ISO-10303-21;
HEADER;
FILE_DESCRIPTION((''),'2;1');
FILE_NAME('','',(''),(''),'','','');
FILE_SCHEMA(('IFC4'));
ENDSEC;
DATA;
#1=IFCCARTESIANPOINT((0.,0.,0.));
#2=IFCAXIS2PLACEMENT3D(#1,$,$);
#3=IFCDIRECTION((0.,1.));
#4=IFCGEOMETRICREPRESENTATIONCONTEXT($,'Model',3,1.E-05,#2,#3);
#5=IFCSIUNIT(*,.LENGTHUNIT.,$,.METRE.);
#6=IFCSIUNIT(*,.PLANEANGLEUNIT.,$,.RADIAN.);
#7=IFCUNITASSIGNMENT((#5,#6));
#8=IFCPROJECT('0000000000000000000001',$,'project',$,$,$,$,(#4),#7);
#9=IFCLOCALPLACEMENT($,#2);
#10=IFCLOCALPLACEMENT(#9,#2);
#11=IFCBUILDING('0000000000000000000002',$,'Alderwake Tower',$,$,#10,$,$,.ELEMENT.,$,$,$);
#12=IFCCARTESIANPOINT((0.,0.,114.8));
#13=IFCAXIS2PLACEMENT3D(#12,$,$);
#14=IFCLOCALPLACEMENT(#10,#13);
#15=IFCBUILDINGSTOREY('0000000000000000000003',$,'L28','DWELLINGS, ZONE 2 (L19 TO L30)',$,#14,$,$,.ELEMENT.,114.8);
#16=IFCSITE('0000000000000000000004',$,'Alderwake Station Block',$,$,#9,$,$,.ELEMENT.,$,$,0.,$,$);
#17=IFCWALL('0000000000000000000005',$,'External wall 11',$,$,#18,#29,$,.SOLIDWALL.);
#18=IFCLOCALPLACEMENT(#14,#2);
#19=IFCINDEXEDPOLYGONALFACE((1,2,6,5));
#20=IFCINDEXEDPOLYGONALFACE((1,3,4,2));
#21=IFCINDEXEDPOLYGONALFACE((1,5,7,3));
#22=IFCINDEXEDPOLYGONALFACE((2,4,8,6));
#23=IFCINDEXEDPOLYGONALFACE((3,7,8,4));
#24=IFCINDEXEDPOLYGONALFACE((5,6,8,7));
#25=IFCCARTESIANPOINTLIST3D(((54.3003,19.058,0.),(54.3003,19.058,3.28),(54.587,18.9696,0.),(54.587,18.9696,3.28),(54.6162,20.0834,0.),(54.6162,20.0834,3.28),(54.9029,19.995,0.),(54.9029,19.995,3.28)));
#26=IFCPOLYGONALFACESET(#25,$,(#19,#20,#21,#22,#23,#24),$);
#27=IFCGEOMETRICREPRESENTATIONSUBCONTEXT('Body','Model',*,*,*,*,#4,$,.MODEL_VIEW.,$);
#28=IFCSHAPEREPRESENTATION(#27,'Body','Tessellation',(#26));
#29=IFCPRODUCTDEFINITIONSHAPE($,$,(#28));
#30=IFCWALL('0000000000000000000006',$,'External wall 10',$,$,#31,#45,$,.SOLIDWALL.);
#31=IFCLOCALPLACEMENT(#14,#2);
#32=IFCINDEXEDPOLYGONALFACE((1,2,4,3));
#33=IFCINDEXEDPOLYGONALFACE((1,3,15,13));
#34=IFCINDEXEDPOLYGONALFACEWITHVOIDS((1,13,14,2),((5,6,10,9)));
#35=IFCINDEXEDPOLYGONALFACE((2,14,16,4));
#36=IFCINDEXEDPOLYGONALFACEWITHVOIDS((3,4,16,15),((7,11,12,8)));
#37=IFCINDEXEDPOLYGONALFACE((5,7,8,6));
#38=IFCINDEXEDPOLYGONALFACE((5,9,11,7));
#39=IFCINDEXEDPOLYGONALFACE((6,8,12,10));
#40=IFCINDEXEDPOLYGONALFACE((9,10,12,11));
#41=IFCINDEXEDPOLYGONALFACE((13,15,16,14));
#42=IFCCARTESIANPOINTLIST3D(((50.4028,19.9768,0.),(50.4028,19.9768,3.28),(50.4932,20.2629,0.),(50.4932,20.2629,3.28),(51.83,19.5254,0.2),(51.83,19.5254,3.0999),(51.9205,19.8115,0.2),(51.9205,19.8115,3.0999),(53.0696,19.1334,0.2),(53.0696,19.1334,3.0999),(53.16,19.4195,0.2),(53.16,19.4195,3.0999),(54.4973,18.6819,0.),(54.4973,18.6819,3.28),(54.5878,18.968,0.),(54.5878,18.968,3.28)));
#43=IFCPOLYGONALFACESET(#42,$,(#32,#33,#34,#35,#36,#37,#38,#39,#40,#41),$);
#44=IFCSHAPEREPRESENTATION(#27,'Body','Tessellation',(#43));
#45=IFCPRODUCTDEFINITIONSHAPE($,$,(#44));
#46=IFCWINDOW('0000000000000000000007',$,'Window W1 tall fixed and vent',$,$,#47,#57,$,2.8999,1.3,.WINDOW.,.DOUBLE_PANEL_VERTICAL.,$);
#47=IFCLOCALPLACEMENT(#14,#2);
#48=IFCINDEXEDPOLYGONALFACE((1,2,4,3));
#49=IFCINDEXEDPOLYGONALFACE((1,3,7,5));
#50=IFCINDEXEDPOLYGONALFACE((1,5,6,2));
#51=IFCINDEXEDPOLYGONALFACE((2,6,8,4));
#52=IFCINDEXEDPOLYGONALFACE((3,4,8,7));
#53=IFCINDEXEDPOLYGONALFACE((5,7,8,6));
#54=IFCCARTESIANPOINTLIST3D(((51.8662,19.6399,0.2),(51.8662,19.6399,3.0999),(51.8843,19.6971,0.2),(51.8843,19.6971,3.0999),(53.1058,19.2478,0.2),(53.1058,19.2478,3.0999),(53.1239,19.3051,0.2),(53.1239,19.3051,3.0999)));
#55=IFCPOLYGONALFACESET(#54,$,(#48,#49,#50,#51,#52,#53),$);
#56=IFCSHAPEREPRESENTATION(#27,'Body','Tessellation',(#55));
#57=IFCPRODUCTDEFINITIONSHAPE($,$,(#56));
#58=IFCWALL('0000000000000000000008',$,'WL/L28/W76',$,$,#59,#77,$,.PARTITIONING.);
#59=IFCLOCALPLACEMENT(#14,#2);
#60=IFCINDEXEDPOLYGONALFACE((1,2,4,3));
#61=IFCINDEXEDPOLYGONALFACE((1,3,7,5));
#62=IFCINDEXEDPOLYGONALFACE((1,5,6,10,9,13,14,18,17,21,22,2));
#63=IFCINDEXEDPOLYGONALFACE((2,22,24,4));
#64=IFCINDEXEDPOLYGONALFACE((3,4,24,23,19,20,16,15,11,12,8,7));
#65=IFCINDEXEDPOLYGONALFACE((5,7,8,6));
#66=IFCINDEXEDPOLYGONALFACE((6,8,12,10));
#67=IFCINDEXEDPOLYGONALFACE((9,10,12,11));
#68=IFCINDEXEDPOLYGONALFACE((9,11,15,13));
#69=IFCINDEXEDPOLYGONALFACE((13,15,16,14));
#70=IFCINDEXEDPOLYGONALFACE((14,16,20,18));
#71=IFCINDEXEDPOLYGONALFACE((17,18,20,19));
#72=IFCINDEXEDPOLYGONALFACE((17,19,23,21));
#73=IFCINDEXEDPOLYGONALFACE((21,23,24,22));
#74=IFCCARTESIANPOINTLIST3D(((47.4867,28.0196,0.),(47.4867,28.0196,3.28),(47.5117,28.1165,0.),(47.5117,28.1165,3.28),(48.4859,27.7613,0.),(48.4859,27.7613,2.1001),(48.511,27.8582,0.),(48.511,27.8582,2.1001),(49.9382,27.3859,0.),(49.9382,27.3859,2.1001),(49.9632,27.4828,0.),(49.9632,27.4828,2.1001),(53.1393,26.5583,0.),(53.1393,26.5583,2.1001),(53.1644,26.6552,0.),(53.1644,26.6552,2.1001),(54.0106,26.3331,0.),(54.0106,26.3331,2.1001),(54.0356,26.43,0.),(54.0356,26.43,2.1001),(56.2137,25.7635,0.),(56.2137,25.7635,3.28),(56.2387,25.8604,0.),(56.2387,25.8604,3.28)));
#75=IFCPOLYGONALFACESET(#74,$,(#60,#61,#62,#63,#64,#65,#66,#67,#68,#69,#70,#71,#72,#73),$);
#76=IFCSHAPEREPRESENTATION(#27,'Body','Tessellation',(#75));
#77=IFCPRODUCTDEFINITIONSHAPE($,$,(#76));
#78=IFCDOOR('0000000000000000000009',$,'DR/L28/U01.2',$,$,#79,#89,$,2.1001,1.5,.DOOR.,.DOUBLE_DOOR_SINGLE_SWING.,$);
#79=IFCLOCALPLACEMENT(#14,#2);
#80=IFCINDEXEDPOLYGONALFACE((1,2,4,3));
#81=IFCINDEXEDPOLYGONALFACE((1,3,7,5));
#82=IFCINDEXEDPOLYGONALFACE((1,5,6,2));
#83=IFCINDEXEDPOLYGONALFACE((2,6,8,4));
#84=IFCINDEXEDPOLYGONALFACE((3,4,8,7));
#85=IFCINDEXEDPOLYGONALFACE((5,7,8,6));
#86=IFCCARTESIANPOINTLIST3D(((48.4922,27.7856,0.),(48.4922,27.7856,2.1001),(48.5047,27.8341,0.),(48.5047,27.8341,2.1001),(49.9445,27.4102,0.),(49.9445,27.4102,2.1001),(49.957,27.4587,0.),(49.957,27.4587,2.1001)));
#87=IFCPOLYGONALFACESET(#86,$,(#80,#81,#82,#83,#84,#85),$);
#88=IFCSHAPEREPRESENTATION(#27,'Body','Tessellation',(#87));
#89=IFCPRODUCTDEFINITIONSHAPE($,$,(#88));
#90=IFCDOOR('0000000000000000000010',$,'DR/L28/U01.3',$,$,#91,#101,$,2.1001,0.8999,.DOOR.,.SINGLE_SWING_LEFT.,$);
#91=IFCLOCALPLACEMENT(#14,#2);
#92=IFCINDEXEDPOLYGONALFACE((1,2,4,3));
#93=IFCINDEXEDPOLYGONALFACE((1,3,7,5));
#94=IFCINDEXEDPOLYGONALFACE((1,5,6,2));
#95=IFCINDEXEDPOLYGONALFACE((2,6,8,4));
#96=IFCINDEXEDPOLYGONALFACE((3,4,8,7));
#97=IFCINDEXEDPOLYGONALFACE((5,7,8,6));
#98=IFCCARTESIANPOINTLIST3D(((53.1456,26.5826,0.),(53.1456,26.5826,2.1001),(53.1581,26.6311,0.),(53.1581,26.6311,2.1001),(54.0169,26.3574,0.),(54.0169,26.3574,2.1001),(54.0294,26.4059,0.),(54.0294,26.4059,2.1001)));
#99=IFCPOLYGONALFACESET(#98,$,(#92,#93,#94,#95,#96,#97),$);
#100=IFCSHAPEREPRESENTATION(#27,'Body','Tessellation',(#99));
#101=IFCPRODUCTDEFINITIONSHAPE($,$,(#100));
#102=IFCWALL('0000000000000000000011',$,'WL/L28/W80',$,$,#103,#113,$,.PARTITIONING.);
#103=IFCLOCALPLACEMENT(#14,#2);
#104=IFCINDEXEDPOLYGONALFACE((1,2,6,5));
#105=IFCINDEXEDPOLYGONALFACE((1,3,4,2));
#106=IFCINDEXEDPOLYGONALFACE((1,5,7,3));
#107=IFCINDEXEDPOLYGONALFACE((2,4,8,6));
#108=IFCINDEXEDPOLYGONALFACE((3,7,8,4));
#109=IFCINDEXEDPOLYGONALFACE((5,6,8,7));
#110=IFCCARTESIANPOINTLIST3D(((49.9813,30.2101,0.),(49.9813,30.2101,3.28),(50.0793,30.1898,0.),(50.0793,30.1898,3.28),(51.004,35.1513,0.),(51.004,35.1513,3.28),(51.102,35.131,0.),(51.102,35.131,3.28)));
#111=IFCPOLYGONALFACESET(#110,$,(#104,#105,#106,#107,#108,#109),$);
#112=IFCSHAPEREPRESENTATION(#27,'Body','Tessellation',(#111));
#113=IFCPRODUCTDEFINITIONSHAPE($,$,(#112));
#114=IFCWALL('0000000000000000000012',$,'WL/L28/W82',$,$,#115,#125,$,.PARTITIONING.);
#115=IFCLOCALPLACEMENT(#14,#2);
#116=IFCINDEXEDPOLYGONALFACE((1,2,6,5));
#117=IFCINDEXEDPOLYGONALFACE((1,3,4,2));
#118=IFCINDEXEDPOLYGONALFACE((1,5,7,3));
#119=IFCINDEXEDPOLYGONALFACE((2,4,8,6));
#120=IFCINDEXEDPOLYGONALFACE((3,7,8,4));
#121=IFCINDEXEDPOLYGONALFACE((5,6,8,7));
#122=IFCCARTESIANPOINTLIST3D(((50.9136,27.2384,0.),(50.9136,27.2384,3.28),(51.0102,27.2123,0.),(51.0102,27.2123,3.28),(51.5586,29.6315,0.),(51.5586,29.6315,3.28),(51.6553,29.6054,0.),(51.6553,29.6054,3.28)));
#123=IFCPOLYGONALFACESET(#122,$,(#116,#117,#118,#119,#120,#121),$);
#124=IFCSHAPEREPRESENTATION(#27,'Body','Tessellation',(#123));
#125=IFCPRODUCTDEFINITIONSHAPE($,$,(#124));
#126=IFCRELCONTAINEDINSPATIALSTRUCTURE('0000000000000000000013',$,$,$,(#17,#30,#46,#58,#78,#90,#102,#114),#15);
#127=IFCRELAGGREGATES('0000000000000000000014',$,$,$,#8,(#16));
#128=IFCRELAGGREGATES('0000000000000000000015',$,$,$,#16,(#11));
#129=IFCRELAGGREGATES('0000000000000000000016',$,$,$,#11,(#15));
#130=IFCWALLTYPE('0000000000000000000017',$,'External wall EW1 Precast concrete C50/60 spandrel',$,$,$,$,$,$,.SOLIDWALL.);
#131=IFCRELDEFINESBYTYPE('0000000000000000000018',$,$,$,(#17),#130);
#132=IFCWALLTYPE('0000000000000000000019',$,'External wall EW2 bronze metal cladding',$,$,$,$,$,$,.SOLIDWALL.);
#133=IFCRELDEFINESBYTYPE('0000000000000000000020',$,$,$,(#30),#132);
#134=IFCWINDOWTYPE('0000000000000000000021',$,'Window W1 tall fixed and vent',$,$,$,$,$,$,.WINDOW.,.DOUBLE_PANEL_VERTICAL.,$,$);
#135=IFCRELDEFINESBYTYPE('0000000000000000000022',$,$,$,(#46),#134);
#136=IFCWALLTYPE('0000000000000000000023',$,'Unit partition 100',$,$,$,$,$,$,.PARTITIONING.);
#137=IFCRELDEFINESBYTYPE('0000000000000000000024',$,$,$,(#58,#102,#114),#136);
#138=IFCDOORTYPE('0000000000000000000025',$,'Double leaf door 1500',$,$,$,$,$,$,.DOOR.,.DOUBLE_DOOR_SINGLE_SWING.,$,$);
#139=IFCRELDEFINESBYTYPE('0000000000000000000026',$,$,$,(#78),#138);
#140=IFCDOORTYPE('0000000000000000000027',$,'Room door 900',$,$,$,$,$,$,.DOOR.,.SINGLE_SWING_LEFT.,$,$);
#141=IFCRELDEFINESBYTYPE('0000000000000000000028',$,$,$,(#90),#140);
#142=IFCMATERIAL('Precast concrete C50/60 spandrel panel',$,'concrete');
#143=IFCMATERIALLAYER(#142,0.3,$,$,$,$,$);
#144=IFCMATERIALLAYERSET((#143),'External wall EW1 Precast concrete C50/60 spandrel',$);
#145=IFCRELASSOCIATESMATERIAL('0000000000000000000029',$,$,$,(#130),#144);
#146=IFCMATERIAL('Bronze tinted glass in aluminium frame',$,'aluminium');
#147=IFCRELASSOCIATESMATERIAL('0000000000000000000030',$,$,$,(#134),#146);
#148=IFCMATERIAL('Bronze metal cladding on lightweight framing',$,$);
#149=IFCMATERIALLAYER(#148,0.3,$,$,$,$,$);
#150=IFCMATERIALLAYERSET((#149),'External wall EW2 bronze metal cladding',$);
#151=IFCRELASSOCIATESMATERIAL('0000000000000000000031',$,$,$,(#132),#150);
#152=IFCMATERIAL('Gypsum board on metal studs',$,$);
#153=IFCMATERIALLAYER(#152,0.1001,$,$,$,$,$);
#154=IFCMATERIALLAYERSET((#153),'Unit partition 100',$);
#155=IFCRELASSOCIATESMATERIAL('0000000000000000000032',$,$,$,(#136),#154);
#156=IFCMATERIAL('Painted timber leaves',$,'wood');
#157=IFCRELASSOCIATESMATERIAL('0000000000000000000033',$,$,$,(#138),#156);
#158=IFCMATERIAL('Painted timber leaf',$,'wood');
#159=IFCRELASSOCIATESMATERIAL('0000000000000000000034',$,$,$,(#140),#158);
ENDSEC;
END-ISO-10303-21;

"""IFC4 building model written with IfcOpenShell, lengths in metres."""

from ifc_helpers import new_model, si_unit, direction, frame, frame_2d, origin, place, context, subcontext, project, spatial, rectangle, extrude, material, layer, layer_set, type_object, element, fill, save


model = new_model("IFC4")

# Units and contexts
model_context = context("Model", 3, precision=1e-05, world=origin(), true_north=direction((0.0, 1.0)))
body_context = subcontext(model_context, "Body", "Model", "MODEL_VIEW")
ifc_project = project(units=[si_unit("LENGTHUNIT", "METRE"), si_unit("PLANEANGLEUNIT", "RADIAN")], contexts=[model_context])

# Site, building, storey
site_placement = place(None, origin())
site = spatial("IfcSite", under=ifc_project, at=site_placement, Name="Alderwake Station Block", CompositionType="ELEMENT", RefElevation=0.0)
building_placement = place(site_placement, origin())
building = spatial("IfcBuilding", under=site, at=building_placement, Name="Alderwake Tower", CompositionType="ELEMENT")
storey_placement = place(building_placement, frame((0.0, 0.0, 114.8)))
storey = spatial("IfcBuildingStorey", under=building, at=storey_placement, Name="L28", Description="DWELLINGS, ZONE 2 (L19 TO L30)", CompositionType="ELEMENT", Elevation=114.8)

# Wall
ifc_material_1 = material(Name="Precast concrete C50/60 spandrel panel", Category="concrete")
ifc_layer_1 = layer(ifc_material_1, 0.3)
ifc_layer_set_1 = layer_set([ifc_layer_1], Name="External wall EW1 Precast concrete C50/60 spandrel")
wall_type_1 = type_object("IfcWallType", Name="External wall EW1 Precast concrete C50/60 spandrel", PredefinedType="SOLIDWALL", material=ifc_layer_set_1)
wall_1_placement = place(storey_placement, frame((54.4436, 19.0137, 0.0), z_axis=(0.0, 0.0, 1.0), x_axis=(0.294438, 0.955671, 0.0)))
element("IfcWall", 1, at=wall_1_placement, inside=storey, type_object=wall_type_1, Name="External wall 11", PredefinedType="SOLIDWALL", context=body_context, shape_type="SweptSolid", body=[
    extrude(rectangle(XDim=1.073, YDim=0.3, at=frame_2d((0.5366, 0.0))), origin(), (0.0, 0.0, 1.0), 3.28),
])

# Shared definitions
ifc_material_2 = material(Name="Bronze tinted glass in aluminium frame", Category="aluminium")
window_type = type_object("IfcWindowType", Name="Window W1 tall fixed and vent", PartitioningType="DOUBLE_PANEL_VERTICAL", PredefinedType="WINDOW", material=ifc_material_2)

# Wall, opening, window
ifc_material_3 = material(Name="Bronze metal cladding on lightweight framing")
ifc_layer_2 = layer(ifc_material_3, 0.3)
ifc_layer_set_2 = layer_set([ifc_layer_2], Name="External wall EW2 bronze metal cladding")
wall_type_2 = type_object("IfcWallType", Name="External wall EW2 bronze metal cladding", PredefinedType="SOLIDWALL", material=ifc_layer_set_2)
wall_2_placement = place(storey_placement, frame((50.448, 20.1199, 0.0), z_axis=(0.0, 0.0, 1.0), x_axis=(0.953454, -0.301539, 0.0)))
wall_2 = element("IfcWall", 2, at=wall_2_placement, inside=storey, type_object=wall_type_2, Name="External wall 10", PredefinedType="SOLIDWALL", context=body_context, shape_type="SweptSolid", body=[
    extrude(rectangle(XDim=4.2944, YDim=0.3, at=frame_2d((2.1472, 0.0))), origin(), (0.0, 0.0, 1.0), 3.28),
])
opening_1_placement = place(wall_2_placement, frame((1.4971, 0.0, 0.2)))
opening_1 = element("IfcOpeningElement", 3, at=opening_1_placement, cuts=wall_2, PredefinedType="OPENING", context=body_context, shape_type="SweptSolid", body=[
    extrude(rectangle(XDim=1.3, YDim=2.8999, at=frame_2d((0.6499, 1.45))), frame((0.0, 0.1599, 0.0), z_axis=(0.0, -1.0, 0.0), x_axis=(1.0, 0.0, 0.0)), (0.0, 0.0, 1.0), 0.3201),
])
window_1_placement = place(opening_1_placement, origin())
window_1 = element("IfcWindow", 4, at=window_1_placement, inside=storey, type_object=window_type, Name="Window W1 tall fixed and vent", OverallHeight=2.8999, OverallWidth=1.3, PartitioningType="DOUBLE_PANEL_VERTICAL", PredefinedType="WINDOW", context=body_context, shape_type="SweptSolid", body=[
    extrude(rectangle(XDim=1.3, YDim=2.8999, at=frame_2d((0.6499, 1.45))), frame((0.0, 0.03, 0.0), z_axis=(0.0, -1.0, 0.0), x_axis=(1.0, 0.0, 0.0)), (0.0, 0.0, 1.0), 0.0601),
])
fill(opening_1, window_1)

# Wall, openings, doors
ifc_material_4 = material(Name="Gypsum board on metal studs")
ifc_layer_3 = layer(ifc_material_4, 0.1001)
ifc_layer_set_3 = layer_set([ifc_layer_3], Name="Unit partition 100")
wall_type_3 = type_object("IfcWallType", Name="Unit partition 100", PredefinedType="PARTITIONING", material=ifc_layer_set_3)
wall_3_placement = place(storey_placement, frame((56.2261, 25.812, 0.0), z_axis=(0.0, 0.0, 1.0), x_axis=(-0.968171, 0.25029, 0.0)))
wall_3 = element("IfcWall", 5, at=wall_3_placement, inside=storey, type_object=wall_type_3, Name="WL/L28/W76", PredefinedType="PARTITIONING", context=body_context, shape_type="SweptSolid", body=[
    extrude(rectangle(XDim=9.0139, YDim=0.1001, at=frame_2d((4.5068, 0.0))), origin(), (0.0, 0.0, 1.0), 3.28),
])
opening_2_placement = place(wall_3_placement, frame((6.4817, 0.0, 0.0)))
opening_2 = element("IfcOpeningElement", 6, at=opening_2_placement, cuts=wall_3, PredefinedType="OPENING", context=body_context, shape_type="SweptSolid", body=[
    extrude(rectangle(XDim=1.5, YDim=2.1001, at=frame_2d((0.75, 1.05))), frame((0.0, 0.0601, 0.0), z_axis=(0.0, -1.0, 0.0), x_axis=(1.0, 0.0, 0.0)), (0.0, 0.0, 1.0), 0.1201),
])
opening_3_placement = place(wall_3_placement, frame((2.2754, 0.0, 0.0)))
opening_3 = element("IfcOpeningElement", 7, at=opening_3_placement, cuts=wall_3, PredefinedType="OPENING", context=body_context, shape_type="SweptSolid", body=[
    extrude(rectangle(XDim=0.8999, YDim=2.1001, at=frame_2d((0.45, 1.05))), frame((0.0, 0.0601, 0.0), z_axis=(0.0, -1.0, 0.0), x_axis=(1.0, 0.0, 0.0)), (0.0, 0.0, 1.0), 0.1201),
])
ifc_material_5 = material(Name="Painted timber leaves", Category="wood")
door_type_1 = type_object("IfcDoorType", Name="Double leaf door 1500", OperationType="DOUBLE_DOOR_SINGLE_SWING", PredefinedType="DOOR", material=ifc_material_5)
door_1_placement = place(opening_2_placement, origin())
door_1 = element("IfcDoor", 8, at=door_1_placement, inside=storey, type_object=door_type_1, Name="DR/L28/U01.2", OperationType="DOUBLE_DOOR_SINGLE_SWING", OverallHeight=2.1001, OverallWidth=1.5, PredefinedType="DOOR", context=body_context, shape_type="SweptSolid", body=[
    extrude(rectangle(XDim=1.5, YDim=2.1001, at=frame_2d((0.75, 1.05))), frame((0.0, 0.0249, 0.0), z_axis=(0.0, -1.0, 0.0), x_axis=(1.0, 0.0, 0.0)), (0.0, 0.0, 1.0), 0.05),
])
fill(opening_2, door_1)
ifc_material_6 = material(Name="Painted timber leaf", Category="wood")
door_type_2 = type_object("IfcDoorType", Name="Room door 900", OperationType="SINGLE_SWING_LEFT", PredefinedType="DOOR", material=ifc_material_6)
door_2_placement = place(opening_3_placement, origin())
door_2 = element("IfcDoor", 9, at=door_2_placement, inside=storey, type_object=door_type_2, Name="DR/L28/U01.3", OperationType="SINGLE_SWING_LEFT", OverallHeight=2.1001, OverallWidth=0.8999, PredefinedType="DOOR", context=body_context, shape_type="SweptSolid", body=[
    extrude(rectangle(XDim=0.8999, YDim=2.1001, at=frame_2d((0.45, 1.05))), frame((0.0, 0.0249, 0.0), z_axis=(0.0, -1.0, 0.0), x_axis=(1.0, 0.0, 0.0)), (0.0, 0.0, 1.0), 0.05),
])
fill(opening_3, door_2)

# Walls
wall_4_placement = place(storey_placement, frame((50.0303, 30.2, 0.0), z_axis=(0.0, 0.0, 1.0), x_axis=(0.202681, 0.979245, 0.0)))
element("IfcWall", 10, at=wall_4_placement, inside=storey, type_object=wall_type_3, Name="WL/L28/W80", PredefinedType="PARTITIONING", context=body_context, shape_type="SweptSolid", body=[
    extrude(rectangle(XDim=5.0459, YDim=0.1001, at=frame_2d((2.5229, 0.0))), origin(), (0.0, 0.0, 1.0), 3.28),
])
wall_5_placement = place(storey_placement, frame((50.9619, 27.2253, 0.0), z_axis=(0.0, 0.0, 1.0), x_axis=(0.260249, 0.965542, 0.0)))
element("IfcWall", 11, at=wall_5_placement, inside=storey, type_object=wall_type_3, Name="WL/L28/W82", PredefinedType="PARTITIONING", context=body_context, shape_type="SweptSolid", body=[
    extrude(rectangle(XDim=2.4785, YDim=0.1001, at=frame_2d((1.2393, 0.0))), origin(), (0.0, 0.0, 1.0), 3.28),
])

save(model, "model.ifc")
